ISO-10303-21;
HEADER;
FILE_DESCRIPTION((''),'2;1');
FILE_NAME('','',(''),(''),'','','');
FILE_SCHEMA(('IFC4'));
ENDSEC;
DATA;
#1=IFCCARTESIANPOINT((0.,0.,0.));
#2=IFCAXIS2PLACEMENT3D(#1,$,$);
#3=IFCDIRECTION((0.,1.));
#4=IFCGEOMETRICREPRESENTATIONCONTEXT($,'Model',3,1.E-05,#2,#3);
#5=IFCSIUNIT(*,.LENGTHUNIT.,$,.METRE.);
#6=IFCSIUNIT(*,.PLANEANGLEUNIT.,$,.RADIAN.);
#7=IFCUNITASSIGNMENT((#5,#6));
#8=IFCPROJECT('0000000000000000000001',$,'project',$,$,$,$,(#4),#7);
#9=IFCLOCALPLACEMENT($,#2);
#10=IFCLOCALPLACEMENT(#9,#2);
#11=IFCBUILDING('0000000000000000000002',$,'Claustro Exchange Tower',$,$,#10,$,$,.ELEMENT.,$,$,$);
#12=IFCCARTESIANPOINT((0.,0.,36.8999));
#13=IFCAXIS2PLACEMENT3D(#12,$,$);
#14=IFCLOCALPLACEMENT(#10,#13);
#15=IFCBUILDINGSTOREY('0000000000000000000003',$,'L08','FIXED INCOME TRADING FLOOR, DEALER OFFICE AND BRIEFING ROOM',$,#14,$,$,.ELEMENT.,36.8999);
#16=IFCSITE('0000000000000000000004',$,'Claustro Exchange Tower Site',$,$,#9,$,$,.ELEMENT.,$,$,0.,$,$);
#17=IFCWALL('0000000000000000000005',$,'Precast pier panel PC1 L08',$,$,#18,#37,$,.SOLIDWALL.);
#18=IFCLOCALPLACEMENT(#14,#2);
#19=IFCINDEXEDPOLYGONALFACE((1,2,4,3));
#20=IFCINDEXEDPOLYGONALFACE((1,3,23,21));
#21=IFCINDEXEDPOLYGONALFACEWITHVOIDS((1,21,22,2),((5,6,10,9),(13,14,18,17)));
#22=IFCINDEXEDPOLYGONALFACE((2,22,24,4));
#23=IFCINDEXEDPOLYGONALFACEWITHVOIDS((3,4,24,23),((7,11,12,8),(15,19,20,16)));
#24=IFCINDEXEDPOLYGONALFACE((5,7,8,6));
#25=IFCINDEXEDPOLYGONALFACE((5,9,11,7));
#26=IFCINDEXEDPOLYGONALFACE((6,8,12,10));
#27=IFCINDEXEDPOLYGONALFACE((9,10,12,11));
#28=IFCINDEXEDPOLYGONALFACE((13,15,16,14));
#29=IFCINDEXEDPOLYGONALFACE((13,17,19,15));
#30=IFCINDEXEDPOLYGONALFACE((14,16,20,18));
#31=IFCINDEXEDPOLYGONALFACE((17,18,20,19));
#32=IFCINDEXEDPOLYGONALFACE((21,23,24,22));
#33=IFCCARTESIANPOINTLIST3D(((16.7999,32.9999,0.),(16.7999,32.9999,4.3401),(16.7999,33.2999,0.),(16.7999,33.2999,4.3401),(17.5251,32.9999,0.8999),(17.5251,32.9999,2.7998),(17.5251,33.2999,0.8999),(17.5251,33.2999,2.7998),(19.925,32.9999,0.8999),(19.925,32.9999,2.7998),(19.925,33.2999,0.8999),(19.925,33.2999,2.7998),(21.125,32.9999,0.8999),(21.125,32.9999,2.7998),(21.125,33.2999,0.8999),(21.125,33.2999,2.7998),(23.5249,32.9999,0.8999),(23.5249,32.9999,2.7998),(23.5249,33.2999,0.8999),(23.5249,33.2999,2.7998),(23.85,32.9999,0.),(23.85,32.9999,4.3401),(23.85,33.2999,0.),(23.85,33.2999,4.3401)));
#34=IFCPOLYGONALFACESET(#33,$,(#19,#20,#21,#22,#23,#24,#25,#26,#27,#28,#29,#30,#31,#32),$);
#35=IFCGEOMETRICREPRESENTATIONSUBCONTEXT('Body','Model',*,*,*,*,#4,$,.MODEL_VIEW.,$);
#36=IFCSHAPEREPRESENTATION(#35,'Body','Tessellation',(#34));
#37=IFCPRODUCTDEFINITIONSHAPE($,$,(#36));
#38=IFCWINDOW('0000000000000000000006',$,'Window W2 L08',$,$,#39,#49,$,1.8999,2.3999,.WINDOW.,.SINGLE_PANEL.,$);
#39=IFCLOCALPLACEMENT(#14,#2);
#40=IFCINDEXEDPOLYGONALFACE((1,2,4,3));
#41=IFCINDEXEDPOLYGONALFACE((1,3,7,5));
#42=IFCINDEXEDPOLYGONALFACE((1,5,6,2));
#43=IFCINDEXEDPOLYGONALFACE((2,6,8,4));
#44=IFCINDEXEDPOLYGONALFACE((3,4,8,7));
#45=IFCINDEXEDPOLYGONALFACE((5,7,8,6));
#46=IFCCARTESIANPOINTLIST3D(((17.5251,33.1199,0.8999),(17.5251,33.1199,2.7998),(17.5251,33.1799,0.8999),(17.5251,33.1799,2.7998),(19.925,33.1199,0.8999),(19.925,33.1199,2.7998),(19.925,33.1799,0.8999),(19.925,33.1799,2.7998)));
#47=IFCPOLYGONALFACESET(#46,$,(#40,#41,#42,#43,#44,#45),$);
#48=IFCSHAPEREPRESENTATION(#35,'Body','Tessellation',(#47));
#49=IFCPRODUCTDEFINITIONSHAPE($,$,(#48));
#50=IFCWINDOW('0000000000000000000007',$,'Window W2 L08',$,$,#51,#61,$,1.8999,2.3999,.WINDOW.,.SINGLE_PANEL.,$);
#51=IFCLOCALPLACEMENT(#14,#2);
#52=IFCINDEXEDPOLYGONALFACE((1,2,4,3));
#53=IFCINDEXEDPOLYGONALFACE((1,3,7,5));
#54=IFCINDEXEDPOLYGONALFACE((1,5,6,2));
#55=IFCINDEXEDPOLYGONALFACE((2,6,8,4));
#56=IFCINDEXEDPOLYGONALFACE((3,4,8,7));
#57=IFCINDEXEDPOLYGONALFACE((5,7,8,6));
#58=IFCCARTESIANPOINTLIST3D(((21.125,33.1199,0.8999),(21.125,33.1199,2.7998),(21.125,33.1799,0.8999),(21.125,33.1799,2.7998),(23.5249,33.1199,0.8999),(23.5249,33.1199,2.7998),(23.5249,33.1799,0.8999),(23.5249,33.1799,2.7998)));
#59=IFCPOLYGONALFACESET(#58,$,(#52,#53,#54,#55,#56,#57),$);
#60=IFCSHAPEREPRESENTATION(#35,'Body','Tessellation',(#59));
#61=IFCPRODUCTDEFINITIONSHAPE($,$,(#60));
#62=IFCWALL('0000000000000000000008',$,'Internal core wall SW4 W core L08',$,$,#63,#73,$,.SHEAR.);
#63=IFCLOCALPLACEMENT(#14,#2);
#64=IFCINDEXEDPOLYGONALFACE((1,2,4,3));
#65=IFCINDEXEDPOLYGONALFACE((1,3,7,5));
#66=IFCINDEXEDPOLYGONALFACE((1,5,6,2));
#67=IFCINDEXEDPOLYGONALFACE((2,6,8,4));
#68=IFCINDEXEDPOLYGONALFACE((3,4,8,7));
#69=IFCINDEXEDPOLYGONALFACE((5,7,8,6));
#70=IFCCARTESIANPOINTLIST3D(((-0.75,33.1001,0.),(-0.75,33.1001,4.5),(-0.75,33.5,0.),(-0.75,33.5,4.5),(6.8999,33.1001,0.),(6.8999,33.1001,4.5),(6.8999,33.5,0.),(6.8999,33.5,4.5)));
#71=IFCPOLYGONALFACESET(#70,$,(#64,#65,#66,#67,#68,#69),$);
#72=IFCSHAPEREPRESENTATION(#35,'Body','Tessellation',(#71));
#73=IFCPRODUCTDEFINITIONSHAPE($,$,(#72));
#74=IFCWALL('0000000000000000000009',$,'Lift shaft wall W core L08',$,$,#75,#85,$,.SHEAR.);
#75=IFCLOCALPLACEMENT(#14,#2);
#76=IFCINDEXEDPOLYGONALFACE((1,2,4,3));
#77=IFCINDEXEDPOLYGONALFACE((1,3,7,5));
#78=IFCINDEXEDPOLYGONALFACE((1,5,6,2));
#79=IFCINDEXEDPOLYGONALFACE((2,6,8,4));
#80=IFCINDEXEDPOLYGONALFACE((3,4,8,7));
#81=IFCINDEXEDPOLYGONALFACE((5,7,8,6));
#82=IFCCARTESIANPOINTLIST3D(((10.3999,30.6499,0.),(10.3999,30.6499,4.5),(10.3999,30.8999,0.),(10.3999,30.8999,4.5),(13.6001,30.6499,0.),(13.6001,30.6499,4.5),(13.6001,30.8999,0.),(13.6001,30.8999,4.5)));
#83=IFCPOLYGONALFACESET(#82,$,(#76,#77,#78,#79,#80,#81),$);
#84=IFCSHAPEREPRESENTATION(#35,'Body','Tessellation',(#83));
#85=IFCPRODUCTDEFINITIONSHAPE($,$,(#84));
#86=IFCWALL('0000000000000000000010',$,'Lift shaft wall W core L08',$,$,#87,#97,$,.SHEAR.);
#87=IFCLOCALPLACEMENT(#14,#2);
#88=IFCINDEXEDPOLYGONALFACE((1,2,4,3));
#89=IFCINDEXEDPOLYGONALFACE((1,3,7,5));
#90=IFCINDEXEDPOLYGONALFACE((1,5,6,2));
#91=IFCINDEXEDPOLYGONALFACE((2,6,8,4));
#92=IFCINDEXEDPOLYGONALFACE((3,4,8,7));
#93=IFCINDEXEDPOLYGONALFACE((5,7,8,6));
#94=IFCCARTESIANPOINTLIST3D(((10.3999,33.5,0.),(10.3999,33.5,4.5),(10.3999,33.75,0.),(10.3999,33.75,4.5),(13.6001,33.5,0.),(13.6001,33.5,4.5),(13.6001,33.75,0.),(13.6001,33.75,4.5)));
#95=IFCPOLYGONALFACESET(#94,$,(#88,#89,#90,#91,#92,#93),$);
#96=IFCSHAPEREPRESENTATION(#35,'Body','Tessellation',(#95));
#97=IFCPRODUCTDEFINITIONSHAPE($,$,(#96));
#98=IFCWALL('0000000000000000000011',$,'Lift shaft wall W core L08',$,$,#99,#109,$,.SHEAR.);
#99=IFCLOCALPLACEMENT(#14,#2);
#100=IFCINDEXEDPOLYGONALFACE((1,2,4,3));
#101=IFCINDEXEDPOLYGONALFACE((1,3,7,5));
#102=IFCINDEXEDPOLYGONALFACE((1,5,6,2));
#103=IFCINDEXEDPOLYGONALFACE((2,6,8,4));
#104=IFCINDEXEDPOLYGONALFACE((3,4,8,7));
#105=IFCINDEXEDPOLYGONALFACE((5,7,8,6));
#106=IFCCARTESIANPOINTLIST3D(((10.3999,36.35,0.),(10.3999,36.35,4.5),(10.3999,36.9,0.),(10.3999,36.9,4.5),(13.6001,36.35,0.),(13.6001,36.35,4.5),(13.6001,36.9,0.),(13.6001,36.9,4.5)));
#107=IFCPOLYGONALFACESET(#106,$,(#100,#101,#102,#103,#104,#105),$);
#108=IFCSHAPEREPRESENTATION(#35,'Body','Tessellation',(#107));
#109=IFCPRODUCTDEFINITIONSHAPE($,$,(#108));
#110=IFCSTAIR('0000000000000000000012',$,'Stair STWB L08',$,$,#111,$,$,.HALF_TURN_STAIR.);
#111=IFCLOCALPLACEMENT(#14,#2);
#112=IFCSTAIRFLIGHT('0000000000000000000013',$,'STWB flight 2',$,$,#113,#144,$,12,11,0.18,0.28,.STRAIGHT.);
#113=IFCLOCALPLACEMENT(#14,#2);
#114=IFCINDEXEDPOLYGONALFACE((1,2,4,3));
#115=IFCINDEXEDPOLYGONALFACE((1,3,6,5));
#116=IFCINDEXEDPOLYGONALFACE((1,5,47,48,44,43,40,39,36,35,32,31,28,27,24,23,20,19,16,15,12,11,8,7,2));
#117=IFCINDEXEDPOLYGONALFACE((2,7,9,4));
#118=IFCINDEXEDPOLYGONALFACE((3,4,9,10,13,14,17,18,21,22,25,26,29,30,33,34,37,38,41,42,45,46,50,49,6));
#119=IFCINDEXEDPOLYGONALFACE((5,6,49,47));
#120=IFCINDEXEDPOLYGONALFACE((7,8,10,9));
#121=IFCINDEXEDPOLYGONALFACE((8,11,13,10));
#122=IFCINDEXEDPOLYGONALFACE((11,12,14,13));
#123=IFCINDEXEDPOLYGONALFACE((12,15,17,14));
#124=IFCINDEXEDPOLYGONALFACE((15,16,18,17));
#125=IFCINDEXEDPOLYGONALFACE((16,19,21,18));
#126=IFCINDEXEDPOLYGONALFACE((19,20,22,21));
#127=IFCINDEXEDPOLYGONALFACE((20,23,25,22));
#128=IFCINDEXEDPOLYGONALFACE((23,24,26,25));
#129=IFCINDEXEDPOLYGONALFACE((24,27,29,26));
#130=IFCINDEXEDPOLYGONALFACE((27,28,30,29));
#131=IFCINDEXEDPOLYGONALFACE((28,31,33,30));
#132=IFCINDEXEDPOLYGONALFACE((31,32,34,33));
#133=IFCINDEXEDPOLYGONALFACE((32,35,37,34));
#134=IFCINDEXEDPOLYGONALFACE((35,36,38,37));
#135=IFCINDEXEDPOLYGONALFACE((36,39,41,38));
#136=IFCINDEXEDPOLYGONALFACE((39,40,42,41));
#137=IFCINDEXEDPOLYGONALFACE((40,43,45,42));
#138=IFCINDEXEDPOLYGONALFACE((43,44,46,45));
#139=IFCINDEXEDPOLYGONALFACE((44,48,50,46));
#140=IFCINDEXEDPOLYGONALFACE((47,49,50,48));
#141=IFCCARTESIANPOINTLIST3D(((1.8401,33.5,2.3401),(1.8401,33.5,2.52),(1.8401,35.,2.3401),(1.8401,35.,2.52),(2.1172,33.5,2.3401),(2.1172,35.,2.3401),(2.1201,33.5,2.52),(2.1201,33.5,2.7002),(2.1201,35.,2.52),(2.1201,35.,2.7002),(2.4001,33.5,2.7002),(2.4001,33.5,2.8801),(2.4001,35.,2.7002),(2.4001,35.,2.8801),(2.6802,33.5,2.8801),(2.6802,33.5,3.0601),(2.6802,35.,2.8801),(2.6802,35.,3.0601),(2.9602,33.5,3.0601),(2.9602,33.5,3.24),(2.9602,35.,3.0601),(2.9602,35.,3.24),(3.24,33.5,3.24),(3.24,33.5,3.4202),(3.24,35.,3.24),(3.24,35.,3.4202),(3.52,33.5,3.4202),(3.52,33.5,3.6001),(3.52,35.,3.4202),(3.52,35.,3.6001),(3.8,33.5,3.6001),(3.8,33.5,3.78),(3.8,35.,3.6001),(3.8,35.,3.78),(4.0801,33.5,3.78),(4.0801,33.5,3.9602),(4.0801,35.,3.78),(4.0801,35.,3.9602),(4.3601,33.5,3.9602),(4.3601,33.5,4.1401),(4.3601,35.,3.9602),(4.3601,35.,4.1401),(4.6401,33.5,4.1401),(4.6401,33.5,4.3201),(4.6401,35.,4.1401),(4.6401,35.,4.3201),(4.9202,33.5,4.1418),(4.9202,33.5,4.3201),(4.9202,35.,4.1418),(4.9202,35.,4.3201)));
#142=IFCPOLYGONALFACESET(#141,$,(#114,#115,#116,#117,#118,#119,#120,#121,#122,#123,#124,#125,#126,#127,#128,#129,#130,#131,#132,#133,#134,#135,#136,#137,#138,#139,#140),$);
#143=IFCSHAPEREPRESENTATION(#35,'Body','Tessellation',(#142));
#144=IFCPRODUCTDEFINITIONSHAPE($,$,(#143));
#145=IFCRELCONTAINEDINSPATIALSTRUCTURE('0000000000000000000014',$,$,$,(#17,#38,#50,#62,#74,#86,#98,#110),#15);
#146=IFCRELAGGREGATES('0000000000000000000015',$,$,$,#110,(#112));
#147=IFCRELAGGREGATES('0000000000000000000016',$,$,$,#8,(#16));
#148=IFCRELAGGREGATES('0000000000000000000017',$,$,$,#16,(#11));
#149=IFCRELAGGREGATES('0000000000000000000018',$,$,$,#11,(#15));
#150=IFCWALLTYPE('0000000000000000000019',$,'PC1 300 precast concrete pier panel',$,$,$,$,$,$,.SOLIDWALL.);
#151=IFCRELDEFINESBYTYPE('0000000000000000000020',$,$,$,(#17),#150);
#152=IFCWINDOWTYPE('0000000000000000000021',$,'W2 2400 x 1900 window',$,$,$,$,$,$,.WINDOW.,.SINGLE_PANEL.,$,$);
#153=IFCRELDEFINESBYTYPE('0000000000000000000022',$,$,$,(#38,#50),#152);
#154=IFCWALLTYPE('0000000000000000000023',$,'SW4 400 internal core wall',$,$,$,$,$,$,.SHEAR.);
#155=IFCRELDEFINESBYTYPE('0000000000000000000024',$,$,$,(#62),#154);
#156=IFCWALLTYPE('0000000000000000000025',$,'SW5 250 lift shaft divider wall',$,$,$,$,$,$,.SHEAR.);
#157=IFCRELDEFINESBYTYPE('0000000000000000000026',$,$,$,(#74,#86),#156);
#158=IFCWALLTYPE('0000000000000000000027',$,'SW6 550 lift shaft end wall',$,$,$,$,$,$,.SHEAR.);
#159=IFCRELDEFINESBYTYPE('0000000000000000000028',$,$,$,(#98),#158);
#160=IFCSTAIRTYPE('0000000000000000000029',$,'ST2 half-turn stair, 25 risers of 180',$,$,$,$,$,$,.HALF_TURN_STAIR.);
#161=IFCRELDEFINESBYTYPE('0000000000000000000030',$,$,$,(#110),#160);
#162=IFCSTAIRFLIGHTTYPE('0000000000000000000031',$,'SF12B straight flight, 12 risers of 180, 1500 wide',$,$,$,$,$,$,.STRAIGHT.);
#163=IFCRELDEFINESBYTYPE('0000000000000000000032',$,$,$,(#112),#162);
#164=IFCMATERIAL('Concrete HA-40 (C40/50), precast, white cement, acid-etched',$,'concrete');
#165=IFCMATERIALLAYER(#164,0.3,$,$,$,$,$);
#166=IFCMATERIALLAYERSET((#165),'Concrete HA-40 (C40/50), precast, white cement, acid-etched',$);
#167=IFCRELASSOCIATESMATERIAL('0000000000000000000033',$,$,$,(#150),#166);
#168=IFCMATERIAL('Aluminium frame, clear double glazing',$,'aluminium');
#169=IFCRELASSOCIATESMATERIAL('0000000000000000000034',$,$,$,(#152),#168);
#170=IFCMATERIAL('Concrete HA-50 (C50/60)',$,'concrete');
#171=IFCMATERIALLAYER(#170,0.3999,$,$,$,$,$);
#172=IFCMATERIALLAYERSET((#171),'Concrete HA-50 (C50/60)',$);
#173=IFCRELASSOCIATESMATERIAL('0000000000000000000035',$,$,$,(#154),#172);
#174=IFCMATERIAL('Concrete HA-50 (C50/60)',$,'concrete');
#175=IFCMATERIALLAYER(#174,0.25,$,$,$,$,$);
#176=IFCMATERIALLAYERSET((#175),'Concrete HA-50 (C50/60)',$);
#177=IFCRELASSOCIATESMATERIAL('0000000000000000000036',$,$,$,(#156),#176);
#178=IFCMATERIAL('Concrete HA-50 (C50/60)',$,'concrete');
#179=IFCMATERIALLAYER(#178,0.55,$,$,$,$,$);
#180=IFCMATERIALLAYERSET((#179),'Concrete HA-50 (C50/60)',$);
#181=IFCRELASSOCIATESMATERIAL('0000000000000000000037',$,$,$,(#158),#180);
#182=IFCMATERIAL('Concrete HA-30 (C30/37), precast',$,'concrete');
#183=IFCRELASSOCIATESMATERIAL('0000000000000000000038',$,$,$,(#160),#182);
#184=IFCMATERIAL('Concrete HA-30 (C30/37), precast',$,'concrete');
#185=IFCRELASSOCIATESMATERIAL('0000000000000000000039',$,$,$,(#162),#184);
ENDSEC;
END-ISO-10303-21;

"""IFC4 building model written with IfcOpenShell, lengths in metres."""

from ifc_helpers import new_model, si_unit, direction, frame, frame_2d, origin, place, context, subcontext, project, spatial, polyline, rectangle, outline, extrude, material, layer, layer_set, type_object, element, fill, aggregate, save


model = new_model("IFC4")

# Units and contexts
model_context = context("Model", 3, precision=1e-05, world=origin(), true_north=direction((0.0, 1.0)))
body_context = subcontext(model_context, "Body", "Model", "MODEL_VIEW")
ifc_project = project(units=[si_unit("LENGTHUNIT", "METRE"), si_unit("PLANEANGLEUNIT", "RADIAN")], contexts=[model_context])

# Site, building, storey
site_placement = place(None, origin())
site = spatial("IfcSite", under=ifc_project, at=site_placement, Name="Claustro Exchange Tower Site", CompositionType="ELEMENT", RefElevation=0.0)
building_placement = place(site_placement, origin())
building = spatial("IfcBuilding", under=site, at=building_placement, Name="Claustro Exchange Tower", CompositionType="ELEMENT")
storey_placement = place(building_placement, frame((0.0, 0.0, 36.8999)))
storey = spatial("IfcBuildingStorey", under=building, at=storey_placement, Name="L08", Description="FIXED INCOME TRADING FLOOR, DEALER OFFICE AND BRIEFING ROOM", CompositionType="ELEMENT", Elevation=36.8999)

# Shared definitions
ifc_material_1 = material(Name="Concrete HA-40 (C40/50), precast, white cement, acid-etched", Category="concrete")
ifc_layer_1 = layer(ifc_material_1, 0.3)
ifc_layer_set_1 = layer_set([ifc_layer_1], Name="Concrete HA-40 (C40/50), precast, white cement, acid-etched")
wall_type_1 = type_object("IfcWallType", Name="PC1 300 precast concrete pier panel", PredefinedType="SOLIDWALL", material=ifc_layer_set_1)
ifc_material_2 = material(Name="Aluminium frame, clear double glazing", Category="aluminium")
window_type = type_object("IfcWindowType", Name="W2 2400 x 1900 window", PartitioningType="SINGLE_PANEL", PredefinedType="WINDOW", material=ifc_material_2)

# Wall, openings, windows
wall_1_placement = place(storey_placement, frame((16.8, 33.1499, 0.0), z_axis=(0.0, 0.0, 1.0), x_axis=(1.0, 0.0, 0.0)))
wall_1 = element("IfcWall", 1, at=wall_1_placement, inside=storey, type_object=wall_type_1, Name="Precast pier panel PC1 L08", PredefinedType="SOLIDWALL", context=body_context, shape_type="SweptSolid", body=[
    extrude(rectangle(XDim=7.05, YDim=0.3, at=frame_2d((3.5249, 0.0))), origin(), (0.0, 0.0, 1.0), 4.3401),
])
opening_1_placement = place(wall_1_placement, frame((0.7251, 0.0, 0.8999)))
opening_1 = element("IfcOpeningElement", 2, at=opening_1_placement, cuts=wall_1, PredefinedType="OPENING", context=body_context, shape_type="SweptSolid", body=[
    extrude(rectangle(XDim=2.3999, YDim=1.8999, at=frame_2d((1.2, 0.95))), frame((0.0, 0.1599, 0.0), z_axis=(0.0, -1.0, 0.0), x_axis=(1.0, 0.0, 0.0)), (0.0, 0.0, 1.0), 0.3201),
])
opening_2_placement = place(wall_1_placement, frame((4.325, 0.0, 0.8999)))
opening_2 = element("IfcOpeningElement", 3, at=opening_2_placement, cuts=wall_1, PredefinedType="OPENING", context=body_context, shape_type="SweptSolid", body=[
    extrude(rectangle(XDim=2.3999, YDim=1.8999, at=frame_2d((1.2, 0.95))), frame((0.0, 0.1599, 0.0), z_axis=(0.0, -1.0, 0.0), x_axis=(1.0, 0.0, 0.0)), (0.0, 0.0, 1.0), 0.3201),
])
window_1_placement = place(opening_1_placement, origin())
window_1 = element("IfcWindow", 4, at=window_1_placement, inside=storey, type_object=window_type, Name="Window W2 L08", OverallHeight=1.8999, OverallWidth=2.3999, PartitioningType="SINGLE_PANEL", PredefinedType="WINDOW", context=body_context, shape_type="SweptSolid", body=[
    extrude(rectangle(XDim=2.3999, YDim=1.8999, at=frame_2d((1.2, 0.95))), frame((0.0, 0.03, 0.0), z_axis=(0.0, -1.0, 0.0), x_axis=(1.0, 0.0, 0.0)), (0.0, 0.0, 1.0), 0.0601),
])
fill(opening_1, window_1)
window_2_placement = place(opening_2_placement, origin())
window_2 = element("IfcWindow", 5, at=window_2_placement, inside=storey, type_object=window_type, Name="Window W2 L08", OverallHeight=1.8999, OverallWidth=2.3999, PartitioningType="SINGLE_PANEL", PredefinedType="WINDOW", context=body_context, shape_type="SweptSolid", body=[
    extrude(rectangle(XDim=2.3999, YDim=1.8999, at=frame_2d((1.2, 0.95))), frame((0.0, 0.03, 0.0), z_axis=(0.0, -1.0, 0.0), x_axis=(1.0, 0.0, 0.0)), (0.0, 0.0, 1.0), 0.0601),
])
fill(opening_2, window_2)

# Walls
ifc_material_3 = material(Name="Concrete HA-50 (C50/60)", Category="concrete")
ifc_layer_2 = layer(ifc_material_3, 0.3999)
ifc_layer_set_2 = layer_set([ifc_layer_2], Name="Concrete HA-50 (C50/60)")
wall_type_2 = type_object("IfcWallType", Name="SW4 400 internal core wall", PredefinedType="SHEAR", material=ifc_layer_set_2)
wall_2_placement = place(storey_placement, frame((-0.75, 33.3, 0.0), z_axis=(0.0, 0.0, 1.0), x_axis=(1.0, 0.0, 0.0)))
element("IfcWall", 6, at=wall_2_placement, inside=storey, type_object=wall_type_2, Name="Internal core wall SW4 W core L08", PredefinedType="SHEAR", context=body_context, shape_type="SweptSolid", body=[
    extrude(rectangle(XDim=7.6499, YDim=0.3999, at=frame_2d((3.825, 0.0))), origin(), (0.0, 0.0, 1.0), 4.5),
])
ifc_material_4 = material(Name="Concrete HA-50 (C50/60)", Category="concrete")
ifc_layer_3 = layer(ifc_material_4, 0.25)
ifc_layer_set_3 = layer_set([ifc_layer_3], Name="Concrete HA-50 (C50/60)")
wall_type_3 = type_object("IfcWallType", Name="SW5 250 lift shaft divider wall", PredefinedType="SHEAR", material=ifc_layer_set_3)
for number, where, z_axis, x_axis, name in (
    (7, (10.3999, 30.7749, 0.0), (0.0, 0.0, 1.0), (1.0, 0.0, 0.0), "Lift shaft wall W core L08"),
    (8, (10.3999, 33.625, 0.0), (0.0, 0.0, 1.0), (1.0, 0.0, 0.0), "Lift shaft wall W core L08"),
):
    element("IfcWall", number, at=place(storey_placement, frame(where, z_axis=z_axis, x_axis=x_axis)), inside=storey, type_object=wall_type_3, Name=name, PredefinedType="SHEAR", context=body_context, shape_type="SweptSolid", body=[
        extrude(rectangle(XDim=3.2002, YDim=0.25, at=frame_2d((1.6001, 0.0))), origin(), (0.0, 0.0, 1.0), 4.5),
    ])
ifc_material_5 = material(Name="Concrete HA-50 (C50/60)", Category="concrete")
ifc_layer_4 = layer(ifc_material_5, 0.55)
ifc_layer_set_4 = layer_set([ifc_layer_4], Name="Concrete HA-50 (C50/60)")
wall_type_4 = type_object("IfcWallType", Name="SW6 550 lift shaft end wall", PredefinedType="SHEAR", material=ifc_layer_set_4)
wall_3_placement = place(storey_placement, frame((10.3999, 36.625, 0.0), z_axis=(0.0, 0.0, 1.0), x_axis=(1.0, 0.0, 0.0)))
element("IfcWall", 9, at=wall_3_placement, inside=storey, type_object=wall_type_4, Name="Lift shaft wall W core L08", PredefinedType="SHEAR", context=body_context, shape_type="SweptSolid", body=[
    extrude(rectangle(XDim=3.2002, YDim=0.55, at=frame_2d((1.6001, 0.0))), origin(), (0.0, 0.0, 1.0), 4.5),
])

# Stair, stair flight
ifc_material_6 = material(Name="Concrete HA-30 (C30/37), precast", Category="concrete")
stair_type = type_object("IfcStairType", Name="ST2 half-turn stair, 25 risers of 180", PredefinedType="HALF_TURN_STAIR", material=ifc_material_6)
stair_placement = place(storey_placement, origin())
stair = element("IfcStair", 10, at=stair_placement, inside=storey, type_object=stair_type, Name="Stair STWB L08", PredefinedType="HALF_TURN_STAIR")
ifc_material_7 = material(Name="Concrete HA-30 (C30/37), precast", Category="concrete")
stair_flight_type_1 = type_object("IfcStairFlightType", Name="SF12B straight flight, 12 risers of 180, 1500 wide", PredefinedType="STRAIGHT", material=ifc_material_7)
stair_flight_1_placement = place(storey_placement, frame((1.8401, 34.25, 2.3401), z_axis=(0.0, 0.0, 1.0), x_axis=(1.0, 0.0, 0.0)))
stair_flight_1 = element("IfcStairFlight", 11, at=stair_flight_1_placement, type_object=stair_flight_type_1, Name="STWB flight 2", NumberOfRisers=12, NumberOfTreads=11, PredefinedType="STRAIGHT", RiserHeight=0.18, TreadLength=0.28, context=body_context, shape_type="SweptSolid", body=[
    extrude(outline(polyline([(0.0, 0.0), (0.0, 0.1799), (0.28, 0.1799), (0.28, 0.3601), (0.5601, 0.3601), (0.5601, 0.54), (0.8401, 0.54), (0.8401, 0.72), (1.1201, 0.72), (1.1201, 0.8999), (1.3999, 0.8999), (1.3999, 1.0801), (1.6799, 1.0801), (1.6799, 1.26), (1.96, 1.26), (1.96, 1.4399), (2.24, 1.4399), (2.24, 1.6201), (2.52, 1.6201), (2.52, 1.8), (2.8, 1.8), (2.8, 1.98), (3.0801, 1.98), (3.0801, 2.1599), (3.0801, 1.8018), (0.2771, 0.0), (0.0, 0.0)])), frame((0.0, 0.75, 0.0), z_axis=(0.0, -1.0, 0.0), x_axis=(1.0, 0.0, 0.0)), (0.0, 0.0, 1.0), 1.5),
])
aggregate(stair, [stair_flight_1])

save(model, "model.ifc")
